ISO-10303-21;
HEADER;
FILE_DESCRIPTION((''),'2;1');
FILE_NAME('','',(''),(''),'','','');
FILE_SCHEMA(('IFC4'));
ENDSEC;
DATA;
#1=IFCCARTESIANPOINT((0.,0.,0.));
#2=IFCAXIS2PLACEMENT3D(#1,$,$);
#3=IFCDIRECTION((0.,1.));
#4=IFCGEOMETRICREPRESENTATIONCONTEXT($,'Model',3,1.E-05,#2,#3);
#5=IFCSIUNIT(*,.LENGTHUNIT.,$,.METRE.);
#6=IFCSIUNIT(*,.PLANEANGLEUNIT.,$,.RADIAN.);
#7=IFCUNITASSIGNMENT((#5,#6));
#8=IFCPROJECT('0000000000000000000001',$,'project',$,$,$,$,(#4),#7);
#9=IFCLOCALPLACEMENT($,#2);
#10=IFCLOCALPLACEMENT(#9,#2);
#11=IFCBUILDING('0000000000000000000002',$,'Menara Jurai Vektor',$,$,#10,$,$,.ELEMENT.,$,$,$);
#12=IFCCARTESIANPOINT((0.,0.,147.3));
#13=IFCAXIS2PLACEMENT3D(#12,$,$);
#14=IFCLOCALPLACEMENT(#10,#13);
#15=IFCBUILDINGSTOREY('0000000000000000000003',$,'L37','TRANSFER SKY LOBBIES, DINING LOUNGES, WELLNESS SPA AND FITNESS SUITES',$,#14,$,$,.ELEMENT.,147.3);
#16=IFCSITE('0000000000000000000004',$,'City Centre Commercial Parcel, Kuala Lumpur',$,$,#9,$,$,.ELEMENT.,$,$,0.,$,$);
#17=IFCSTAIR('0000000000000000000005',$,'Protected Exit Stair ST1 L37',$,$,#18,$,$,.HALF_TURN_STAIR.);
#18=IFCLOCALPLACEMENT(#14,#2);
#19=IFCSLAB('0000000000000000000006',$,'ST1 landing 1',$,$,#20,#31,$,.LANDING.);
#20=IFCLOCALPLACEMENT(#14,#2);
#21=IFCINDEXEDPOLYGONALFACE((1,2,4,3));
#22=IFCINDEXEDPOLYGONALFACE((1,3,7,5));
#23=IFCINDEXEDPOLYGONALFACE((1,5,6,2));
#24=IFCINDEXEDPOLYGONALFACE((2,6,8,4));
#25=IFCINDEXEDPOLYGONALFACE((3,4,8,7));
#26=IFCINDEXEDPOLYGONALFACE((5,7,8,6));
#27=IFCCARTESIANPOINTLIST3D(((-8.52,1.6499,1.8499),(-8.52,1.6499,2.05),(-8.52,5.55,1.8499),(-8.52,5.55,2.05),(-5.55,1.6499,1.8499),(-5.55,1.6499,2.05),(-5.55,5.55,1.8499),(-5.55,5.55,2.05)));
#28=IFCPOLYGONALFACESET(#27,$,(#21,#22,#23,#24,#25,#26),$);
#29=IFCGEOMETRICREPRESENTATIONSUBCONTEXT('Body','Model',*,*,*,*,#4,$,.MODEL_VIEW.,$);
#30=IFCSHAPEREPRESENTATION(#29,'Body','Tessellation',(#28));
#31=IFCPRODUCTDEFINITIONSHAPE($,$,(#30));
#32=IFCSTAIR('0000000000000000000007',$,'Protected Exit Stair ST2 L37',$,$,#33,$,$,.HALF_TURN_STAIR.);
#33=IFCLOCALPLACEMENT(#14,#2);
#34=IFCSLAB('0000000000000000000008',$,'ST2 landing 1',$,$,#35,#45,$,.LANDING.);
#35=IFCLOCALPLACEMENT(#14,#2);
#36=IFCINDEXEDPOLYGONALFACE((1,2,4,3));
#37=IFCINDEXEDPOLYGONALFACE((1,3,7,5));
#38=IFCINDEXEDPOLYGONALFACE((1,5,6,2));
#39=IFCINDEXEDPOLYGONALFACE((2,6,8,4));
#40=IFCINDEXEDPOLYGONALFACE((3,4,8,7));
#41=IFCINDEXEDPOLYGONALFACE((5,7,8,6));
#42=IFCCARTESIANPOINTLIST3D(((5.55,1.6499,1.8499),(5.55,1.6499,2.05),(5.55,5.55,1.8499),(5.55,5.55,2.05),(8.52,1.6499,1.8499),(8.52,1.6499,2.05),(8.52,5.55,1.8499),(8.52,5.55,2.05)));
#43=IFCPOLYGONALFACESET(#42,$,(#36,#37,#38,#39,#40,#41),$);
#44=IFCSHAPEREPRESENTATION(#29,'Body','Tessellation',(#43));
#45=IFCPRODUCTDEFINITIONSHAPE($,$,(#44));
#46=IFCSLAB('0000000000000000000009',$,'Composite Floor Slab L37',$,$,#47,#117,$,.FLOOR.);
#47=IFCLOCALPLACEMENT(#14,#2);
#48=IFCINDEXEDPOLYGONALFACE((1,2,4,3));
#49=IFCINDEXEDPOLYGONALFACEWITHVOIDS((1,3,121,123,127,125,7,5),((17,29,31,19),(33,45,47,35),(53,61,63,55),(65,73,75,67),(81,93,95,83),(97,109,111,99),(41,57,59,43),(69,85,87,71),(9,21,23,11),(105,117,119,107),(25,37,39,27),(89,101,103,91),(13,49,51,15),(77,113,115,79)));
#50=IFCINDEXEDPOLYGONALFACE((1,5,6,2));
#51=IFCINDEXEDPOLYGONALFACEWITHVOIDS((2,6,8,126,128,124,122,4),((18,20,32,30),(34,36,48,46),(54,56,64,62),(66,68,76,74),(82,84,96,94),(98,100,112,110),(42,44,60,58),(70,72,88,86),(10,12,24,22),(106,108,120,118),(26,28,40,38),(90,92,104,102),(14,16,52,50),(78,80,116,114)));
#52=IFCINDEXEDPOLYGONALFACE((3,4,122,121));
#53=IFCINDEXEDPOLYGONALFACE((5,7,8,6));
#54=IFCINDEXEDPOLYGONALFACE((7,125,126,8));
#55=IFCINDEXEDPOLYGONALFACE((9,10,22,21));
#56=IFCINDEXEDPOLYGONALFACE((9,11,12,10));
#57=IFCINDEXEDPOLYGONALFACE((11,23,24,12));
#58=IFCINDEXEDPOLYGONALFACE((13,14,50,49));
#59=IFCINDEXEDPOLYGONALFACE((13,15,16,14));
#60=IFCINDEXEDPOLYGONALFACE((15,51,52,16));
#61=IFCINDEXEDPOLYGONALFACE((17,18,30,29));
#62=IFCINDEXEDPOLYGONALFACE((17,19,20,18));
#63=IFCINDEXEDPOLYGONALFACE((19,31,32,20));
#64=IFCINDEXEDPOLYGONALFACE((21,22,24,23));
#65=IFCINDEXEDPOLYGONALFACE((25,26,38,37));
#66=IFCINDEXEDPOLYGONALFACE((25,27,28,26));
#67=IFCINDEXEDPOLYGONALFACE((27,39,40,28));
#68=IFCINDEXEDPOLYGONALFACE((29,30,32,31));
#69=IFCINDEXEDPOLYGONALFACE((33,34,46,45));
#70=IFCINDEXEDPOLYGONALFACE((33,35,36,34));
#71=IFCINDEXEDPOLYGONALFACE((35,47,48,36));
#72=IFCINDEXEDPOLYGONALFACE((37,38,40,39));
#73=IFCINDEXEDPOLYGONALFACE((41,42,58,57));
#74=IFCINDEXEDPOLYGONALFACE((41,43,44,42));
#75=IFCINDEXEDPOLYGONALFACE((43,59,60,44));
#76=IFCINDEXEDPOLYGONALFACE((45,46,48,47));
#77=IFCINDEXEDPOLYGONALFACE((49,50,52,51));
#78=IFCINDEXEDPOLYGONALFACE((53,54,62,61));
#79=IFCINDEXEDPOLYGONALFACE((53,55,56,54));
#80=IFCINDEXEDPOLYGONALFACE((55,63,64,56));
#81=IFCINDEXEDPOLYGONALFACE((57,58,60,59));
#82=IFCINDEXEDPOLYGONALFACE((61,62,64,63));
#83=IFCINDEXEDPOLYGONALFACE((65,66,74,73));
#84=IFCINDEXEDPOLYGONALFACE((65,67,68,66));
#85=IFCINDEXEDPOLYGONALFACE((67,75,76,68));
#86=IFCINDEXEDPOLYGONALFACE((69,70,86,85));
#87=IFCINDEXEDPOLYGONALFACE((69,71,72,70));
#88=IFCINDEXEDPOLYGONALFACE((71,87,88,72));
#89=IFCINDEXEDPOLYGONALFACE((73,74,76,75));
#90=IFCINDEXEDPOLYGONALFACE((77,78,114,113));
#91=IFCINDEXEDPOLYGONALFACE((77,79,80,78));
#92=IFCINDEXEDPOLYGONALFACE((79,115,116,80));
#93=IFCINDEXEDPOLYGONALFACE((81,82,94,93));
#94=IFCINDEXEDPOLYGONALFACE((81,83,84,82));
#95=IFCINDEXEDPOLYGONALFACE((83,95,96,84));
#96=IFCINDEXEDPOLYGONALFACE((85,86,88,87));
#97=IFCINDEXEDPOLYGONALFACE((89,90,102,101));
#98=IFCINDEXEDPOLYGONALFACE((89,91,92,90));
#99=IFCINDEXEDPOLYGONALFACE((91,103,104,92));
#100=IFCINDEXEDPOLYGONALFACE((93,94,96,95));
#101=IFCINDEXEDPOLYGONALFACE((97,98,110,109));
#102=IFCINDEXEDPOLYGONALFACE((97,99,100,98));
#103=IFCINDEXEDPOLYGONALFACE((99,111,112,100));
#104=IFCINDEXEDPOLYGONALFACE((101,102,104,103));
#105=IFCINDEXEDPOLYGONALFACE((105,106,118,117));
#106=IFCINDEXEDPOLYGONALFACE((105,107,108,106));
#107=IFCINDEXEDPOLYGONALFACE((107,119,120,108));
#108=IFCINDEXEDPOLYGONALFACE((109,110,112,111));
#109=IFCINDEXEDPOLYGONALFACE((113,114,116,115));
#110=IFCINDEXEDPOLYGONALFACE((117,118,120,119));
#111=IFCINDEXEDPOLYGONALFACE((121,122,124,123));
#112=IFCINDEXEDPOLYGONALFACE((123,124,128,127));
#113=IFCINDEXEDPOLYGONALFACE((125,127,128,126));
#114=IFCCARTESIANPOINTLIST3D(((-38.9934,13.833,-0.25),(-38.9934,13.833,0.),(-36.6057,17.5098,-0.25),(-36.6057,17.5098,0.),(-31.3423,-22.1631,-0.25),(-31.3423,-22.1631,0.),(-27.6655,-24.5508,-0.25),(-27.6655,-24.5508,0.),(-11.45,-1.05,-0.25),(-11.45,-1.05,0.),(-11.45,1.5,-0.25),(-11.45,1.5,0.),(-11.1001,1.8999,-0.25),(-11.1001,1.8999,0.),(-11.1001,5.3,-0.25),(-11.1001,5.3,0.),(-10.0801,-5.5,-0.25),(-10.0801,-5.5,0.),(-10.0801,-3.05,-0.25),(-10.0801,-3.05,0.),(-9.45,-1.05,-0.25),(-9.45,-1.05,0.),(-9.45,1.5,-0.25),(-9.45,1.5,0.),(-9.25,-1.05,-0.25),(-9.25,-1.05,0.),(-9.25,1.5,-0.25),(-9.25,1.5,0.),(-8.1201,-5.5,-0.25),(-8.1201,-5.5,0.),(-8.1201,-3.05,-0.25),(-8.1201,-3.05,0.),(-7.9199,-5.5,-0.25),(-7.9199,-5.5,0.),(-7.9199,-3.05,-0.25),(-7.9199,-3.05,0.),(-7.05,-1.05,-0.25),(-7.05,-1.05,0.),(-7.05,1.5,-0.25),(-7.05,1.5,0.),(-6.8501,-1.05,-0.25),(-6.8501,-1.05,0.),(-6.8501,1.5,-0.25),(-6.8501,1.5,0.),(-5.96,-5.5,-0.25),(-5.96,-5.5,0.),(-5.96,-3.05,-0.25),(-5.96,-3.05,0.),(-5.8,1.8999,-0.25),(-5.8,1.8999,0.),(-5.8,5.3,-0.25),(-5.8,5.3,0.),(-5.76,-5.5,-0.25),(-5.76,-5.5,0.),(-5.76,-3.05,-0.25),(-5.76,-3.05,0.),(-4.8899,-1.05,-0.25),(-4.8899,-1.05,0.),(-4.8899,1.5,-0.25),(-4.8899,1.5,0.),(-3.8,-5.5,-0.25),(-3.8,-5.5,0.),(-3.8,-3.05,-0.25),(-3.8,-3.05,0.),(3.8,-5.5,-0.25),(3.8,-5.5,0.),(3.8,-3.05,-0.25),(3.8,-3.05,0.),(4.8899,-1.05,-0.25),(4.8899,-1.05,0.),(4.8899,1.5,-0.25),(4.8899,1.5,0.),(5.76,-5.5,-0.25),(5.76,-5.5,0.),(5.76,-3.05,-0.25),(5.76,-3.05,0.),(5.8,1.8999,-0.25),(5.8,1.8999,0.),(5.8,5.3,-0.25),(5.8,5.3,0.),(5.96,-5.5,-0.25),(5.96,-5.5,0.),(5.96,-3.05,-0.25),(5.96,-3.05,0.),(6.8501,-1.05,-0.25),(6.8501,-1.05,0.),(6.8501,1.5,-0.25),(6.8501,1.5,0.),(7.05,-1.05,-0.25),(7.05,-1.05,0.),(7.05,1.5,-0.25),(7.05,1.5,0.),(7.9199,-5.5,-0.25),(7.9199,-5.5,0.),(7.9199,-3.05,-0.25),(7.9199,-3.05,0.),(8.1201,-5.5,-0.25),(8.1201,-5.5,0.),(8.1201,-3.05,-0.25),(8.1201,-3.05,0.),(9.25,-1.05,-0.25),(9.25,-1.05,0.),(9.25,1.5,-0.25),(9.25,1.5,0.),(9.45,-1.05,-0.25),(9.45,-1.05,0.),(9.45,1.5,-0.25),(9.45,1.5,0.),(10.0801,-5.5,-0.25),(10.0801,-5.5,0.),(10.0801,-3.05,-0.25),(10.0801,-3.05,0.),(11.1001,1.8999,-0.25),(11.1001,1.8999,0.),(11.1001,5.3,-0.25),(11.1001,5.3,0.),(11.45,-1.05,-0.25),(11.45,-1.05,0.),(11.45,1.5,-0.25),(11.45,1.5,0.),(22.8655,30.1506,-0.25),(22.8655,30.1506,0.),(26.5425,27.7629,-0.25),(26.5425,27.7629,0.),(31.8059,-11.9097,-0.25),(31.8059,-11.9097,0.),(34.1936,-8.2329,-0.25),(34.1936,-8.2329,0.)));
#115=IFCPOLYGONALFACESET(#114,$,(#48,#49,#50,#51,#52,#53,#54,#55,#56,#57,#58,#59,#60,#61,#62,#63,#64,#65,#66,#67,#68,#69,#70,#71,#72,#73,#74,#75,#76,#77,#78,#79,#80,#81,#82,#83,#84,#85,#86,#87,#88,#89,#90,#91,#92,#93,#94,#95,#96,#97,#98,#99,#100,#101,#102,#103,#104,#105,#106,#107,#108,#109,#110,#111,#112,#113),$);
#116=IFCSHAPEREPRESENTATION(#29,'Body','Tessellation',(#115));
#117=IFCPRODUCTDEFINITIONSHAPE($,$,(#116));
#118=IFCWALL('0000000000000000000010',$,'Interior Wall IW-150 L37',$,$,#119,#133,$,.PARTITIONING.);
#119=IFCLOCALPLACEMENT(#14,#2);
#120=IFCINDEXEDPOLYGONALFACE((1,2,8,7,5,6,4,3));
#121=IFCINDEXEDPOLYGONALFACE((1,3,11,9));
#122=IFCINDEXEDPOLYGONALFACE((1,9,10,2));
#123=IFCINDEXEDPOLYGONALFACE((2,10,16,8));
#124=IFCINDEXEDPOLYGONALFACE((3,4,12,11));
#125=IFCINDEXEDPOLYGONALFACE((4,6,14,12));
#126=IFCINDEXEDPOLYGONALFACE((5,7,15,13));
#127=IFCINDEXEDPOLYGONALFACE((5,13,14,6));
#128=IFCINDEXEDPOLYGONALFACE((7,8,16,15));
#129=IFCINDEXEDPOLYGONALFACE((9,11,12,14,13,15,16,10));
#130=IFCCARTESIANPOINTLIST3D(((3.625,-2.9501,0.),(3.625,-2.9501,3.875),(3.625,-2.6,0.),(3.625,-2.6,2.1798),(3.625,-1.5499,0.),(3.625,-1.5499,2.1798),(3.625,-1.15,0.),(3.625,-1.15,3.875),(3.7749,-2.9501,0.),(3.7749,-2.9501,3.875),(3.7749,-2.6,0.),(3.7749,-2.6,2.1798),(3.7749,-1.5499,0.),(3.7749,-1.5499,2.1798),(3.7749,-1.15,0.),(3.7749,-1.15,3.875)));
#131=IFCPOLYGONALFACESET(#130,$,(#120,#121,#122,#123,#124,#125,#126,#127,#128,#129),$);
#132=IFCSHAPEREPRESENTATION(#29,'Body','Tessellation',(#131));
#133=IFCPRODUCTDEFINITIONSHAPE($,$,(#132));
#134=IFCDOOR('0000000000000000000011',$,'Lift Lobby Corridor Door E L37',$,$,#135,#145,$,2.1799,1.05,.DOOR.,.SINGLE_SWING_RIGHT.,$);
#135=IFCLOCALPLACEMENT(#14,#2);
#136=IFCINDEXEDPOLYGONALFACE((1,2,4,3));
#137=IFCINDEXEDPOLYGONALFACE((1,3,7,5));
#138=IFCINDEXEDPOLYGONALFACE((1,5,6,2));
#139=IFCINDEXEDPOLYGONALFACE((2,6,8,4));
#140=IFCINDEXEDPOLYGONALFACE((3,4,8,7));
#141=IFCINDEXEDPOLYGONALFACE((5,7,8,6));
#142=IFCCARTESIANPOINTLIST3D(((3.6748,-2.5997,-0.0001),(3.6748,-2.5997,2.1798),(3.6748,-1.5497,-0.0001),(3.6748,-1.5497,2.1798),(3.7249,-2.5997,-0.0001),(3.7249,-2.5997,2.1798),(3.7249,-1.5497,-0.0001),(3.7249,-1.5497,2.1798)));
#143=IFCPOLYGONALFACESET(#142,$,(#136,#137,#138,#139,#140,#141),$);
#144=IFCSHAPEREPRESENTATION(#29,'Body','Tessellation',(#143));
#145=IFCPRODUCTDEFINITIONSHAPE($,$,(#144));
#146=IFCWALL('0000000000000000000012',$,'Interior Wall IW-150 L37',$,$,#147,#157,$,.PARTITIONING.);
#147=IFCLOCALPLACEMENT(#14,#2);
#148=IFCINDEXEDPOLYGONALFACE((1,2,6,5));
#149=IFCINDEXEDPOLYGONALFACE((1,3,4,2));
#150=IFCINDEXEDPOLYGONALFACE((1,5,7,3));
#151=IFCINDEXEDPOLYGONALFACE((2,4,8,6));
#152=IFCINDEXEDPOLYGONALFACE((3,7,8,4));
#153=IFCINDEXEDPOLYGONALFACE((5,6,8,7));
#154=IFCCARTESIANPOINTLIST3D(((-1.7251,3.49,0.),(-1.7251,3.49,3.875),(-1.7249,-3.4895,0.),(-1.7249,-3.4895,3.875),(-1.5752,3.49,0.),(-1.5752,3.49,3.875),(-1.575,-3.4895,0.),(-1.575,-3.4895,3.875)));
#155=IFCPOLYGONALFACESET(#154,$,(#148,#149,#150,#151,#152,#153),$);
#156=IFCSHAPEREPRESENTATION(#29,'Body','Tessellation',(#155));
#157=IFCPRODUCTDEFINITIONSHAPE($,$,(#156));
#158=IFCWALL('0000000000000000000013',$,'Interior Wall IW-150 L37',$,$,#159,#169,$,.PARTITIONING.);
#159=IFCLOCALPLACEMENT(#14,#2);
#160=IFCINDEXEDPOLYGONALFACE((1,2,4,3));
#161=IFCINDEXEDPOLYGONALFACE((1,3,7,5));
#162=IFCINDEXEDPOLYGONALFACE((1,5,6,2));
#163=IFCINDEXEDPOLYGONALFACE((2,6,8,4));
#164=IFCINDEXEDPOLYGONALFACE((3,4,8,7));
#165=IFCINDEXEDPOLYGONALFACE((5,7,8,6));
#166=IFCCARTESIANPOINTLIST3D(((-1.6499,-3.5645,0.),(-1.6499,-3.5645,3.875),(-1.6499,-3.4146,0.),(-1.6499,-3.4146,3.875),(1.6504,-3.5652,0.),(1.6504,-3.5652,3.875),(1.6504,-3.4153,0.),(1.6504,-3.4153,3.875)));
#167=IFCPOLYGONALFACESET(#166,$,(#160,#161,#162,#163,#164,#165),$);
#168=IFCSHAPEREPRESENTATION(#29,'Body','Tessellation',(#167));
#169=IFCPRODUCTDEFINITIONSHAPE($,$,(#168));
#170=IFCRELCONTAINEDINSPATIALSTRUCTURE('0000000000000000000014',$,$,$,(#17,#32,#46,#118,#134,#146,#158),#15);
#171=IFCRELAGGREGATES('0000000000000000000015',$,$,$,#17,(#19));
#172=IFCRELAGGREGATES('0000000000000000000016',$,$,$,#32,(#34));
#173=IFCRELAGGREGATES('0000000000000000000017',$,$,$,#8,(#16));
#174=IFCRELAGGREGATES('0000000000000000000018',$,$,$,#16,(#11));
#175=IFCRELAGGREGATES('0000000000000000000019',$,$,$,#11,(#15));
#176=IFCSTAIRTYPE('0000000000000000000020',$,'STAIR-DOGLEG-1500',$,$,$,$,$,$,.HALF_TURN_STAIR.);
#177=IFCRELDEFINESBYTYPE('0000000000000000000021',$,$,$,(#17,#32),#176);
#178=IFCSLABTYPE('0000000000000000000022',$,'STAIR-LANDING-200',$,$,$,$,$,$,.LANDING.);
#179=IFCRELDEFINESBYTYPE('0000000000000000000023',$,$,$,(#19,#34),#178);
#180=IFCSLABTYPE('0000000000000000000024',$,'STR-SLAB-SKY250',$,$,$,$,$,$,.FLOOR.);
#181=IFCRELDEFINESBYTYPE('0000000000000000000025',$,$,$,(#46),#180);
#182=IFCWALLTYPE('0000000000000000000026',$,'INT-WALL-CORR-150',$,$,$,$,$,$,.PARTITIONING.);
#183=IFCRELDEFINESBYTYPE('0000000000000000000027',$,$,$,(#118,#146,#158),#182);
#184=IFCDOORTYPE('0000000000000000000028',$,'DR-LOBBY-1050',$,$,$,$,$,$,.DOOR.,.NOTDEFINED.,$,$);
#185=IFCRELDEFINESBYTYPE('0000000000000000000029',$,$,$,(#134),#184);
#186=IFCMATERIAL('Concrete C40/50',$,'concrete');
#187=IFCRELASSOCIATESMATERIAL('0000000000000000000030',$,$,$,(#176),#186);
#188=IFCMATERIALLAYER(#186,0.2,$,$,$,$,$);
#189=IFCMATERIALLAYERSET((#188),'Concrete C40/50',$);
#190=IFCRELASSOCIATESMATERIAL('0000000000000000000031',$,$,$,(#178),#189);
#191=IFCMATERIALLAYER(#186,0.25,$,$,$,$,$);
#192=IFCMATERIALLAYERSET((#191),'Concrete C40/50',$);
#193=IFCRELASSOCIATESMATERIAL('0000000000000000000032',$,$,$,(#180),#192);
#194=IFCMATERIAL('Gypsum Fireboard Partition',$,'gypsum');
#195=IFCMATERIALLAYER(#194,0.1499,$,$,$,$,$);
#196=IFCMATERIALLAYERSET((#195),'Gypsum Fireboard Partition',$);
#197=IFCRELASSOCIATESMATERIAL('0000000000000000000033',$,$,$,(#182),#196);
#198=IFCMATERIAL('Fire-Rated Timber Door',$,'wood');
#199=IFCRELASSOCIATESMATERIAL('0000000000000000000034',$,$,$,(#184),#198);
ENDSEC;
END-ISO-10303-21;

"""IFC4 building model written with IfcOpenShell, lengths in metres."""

from ifc_helpers import new_model, si_unit, direction, frame, frame_2d, origin, place, context, subcontext, project, spatial, polyline, rectangle, outline, extrude, material, layer, layer_set, type_object, element, fill, aggregate, save


model = new_model("IFC4")

# Units and contexts
model_context = context("Model", 3, precision=1e-05, world=origin(), true_north=direction((0.0, 1.0)))
body_context = subcontext(model_context, "Body", "Model", "MODEL_VIEW")
ifc_project = project(units=[si_unit("LENGTHUNIT", "METRE"), si_unit("PLANEANGLEUNIT", "RADIAN")], contexts=[model_context])

# Site, building, storey
site_placement = place(None, origin())
site = spatial("IfcSite", under=ifc_project, at=site_placement, Name="City Centre Commercial Parcel, Kuala Lumpur", CompositionType="ELEMENT", RefElevation=0.0)
building_placement = place(site_placement, origin())
building = spatial("IfcBuilding", under=site, at=building_placement, Name="Menara Jurai Vektor", CompositionType="ELEMENT")
storey_placement = place(building_placement, frame((0.0, 0.0, 147.3)))
storey = spatial("IfcBuildingStorey", under=building, at=storey_placement, Name="L37", Description="TRANSFER SKY LOBBIES, DINING LOUNGES, WELLNESS SPA AND FITNESS SUITES", CompositionType="ELEMENT", Elevation=147.3)

# Stairs, slabs
ifc_material_1 = material(Name="Concrete C40/50", Category="concrete")
stair_type = type_object("IfcStairType", Name="STAIR-DOGLEG-1500", PredefinedType="HALF_TURN_STAIR", material=ifc_material_1)
stair_1_placement = place(storey_placement, origin())
stair_1 = element("IfcStair", 1, at=stair_1_placement, inside=storey, type_object=stair_type, Name="Protected Exit Stair ST1 L37", PredefinedType="HALF_TURN_STAIR")
ifc_layer_1 = layer(ifc_material_1, 0.2)
ifc_layer_set_1 = layer_set([ifc_layer_1], Name="Concrete C40/50")
slab_type_1 = type_object("IfcSlabType", Name="STAIR-LANDING-200", PredefinedType="LANDING", material=ifc_layer_set_1)
slab_1_placement = place(storey_placement, frame((0.0, 0.0, 1.8499)))
slab_1 = element("IfcSlab", 2, at=slab_1_placement, type_object=slab_type_1, Name="ST1 landing 1", PredefinedType="LANDING", context=body_context, shape_type="SweptSolid", body=[
    extrude(outline(polyline([(-8.52, 1.6499), (-5.55, 1.6499), (-5.55, 5.55), (-8.52, 5.55), (-8.52, 1.6499)])), origin(), (0.0, 0.0, 1.0), 0.2002),
])
aggregate(stair_1, [slab_1])
stair_2_placement = place(storey_placement, origin())
stair_2 = element("IfcStair", 3, at=stair_2_placement, inside=storey, type_object=stair_type, Name="Protected Exit Stair ST2 L37", PredefinedType="HALF_TURN_STAIR")
slab_2_placement = place(storey_placement, frame((0.0, 0.0, 1.8499)))
slab_2 = element("IfcSlab", 4, at=slab_2_placement, type_object=slab_type_1, Name="ST2 landing 1", PredefinedType="LANDING", context=body_context, shape_type="SweptSolid", body=[
    extrude(outline(polyline([(5.55, 1.6499), (8.52, 1.6499), (8.52, 5.55), (5.55, 5.55), (5.55, 1.6499)])), origin(), (0.0, 0.0, 1.0), 0.2002),
])
aggregate(stair_2, [slab_2])

# Slab
ifc_layer_2 = layer(ifc_material_1, 0.25)
ifc_layer_set_2 = layer_set([ifc_layer_2], Name="Concrete C40/50")
slab_type_2 = type_object("IfcSlabType", Name="STR-SLAB-SKY250", PredefinedType="FLOOR", material=ifc_layer_set_2)
slab_3_placement = place(storey_placement, frame((0.0, 0.0, -0.25)))
element("IfcSlab", 5, at=slab_3_placement, inside=storey, type_object=slab_type_2, Name="Composite Floor Slab L37", PredefinedType="FLOOR", context=body_context, shape_type="SweptSolid", body=[
    extrude(outline(polyline([(-27.6655, -24.5508), (31.8059, -11.9097), (34.1936, -8.2329), (26.5425, 27.7629), (22.8655, 30.1506), (-36.6057, 17.5098), (-38.9934, 13.833), (-31.3423, -22.1631), (-27.6655, -24.5508)]), holes=[polyline([(-11.1001, 1.8999), (-11.1001, 5.3), (-5.8, 5.3), (-5.8, 1.8999), (-11.1001, 1.8999)]), polyline([(5.8, 1.8999), (5.8, 5.3), (11.1001, 5.3), (11.1001, 1.8999), (5.8, 1.8999)]), polyline([(-11.45, -1.05), (-11.45, 1.5), (-9.45, 1.5), (-9.45, -1.05), (-11.45, -1.05)]), polyline([(9.45, -1.05), (9.45, 1.5), (11.45, 1.5), (11.45, -1.05), (9.45, -1.05)]), polyline([(-5.76, -5.5), (-5.76, -3.05), (-3.8, -3.05), (-3.8, -5.5), (-5.76, -5.5)]), polyline([(-6.8501, -1.05), (-6.8501, 1.5), (-4.8899, 1.5), (-4.8899, -1.05), (-6.8501, -1.05)]), polyline([(3.8, -5.5), (3.8, -3.05), (5.76, -3.05), (5.76, -5.5), (3.8, -5.5)]), polyline([(4.8899, -1.05), (4.8899, 1.5), (6.8501, 1.5), (6.8501, -1.05), (4.8899, -1.05)]), polyline([(-10.0801, -5.5), (-10.0801, -3.05), (-8.1201, -3.05), (-8.1201, -5.5), (-10.0801, -5.5)]), polyline([(-7.9199, -5.5), (-7.9199, -3.05), (-5.96, -3.05), (-5.96, -5.5), (-7.9199, -5.5)]), polyline([(5.96, -5.5), (5.96, -3.05), (7.9199, -3.05), (7.9199, -5.5), (5.96, -5.5)]), polyline([(8.1201, -5.5), (8.1201, -3.05), (10.0801, -3.05), (10.0801, -5.5), (8.1201, -5.5)]), polyline([(-9.25, -1.05), (-9.25, 1.5), (-7.05, 1.5), (-7.05, -1.05), (-9.25, -1.05)]), polyline([(7.05, -1.05), (7.05, 1.5), (9.25, 1.5), (9.25, -1.05), (7.05, -1.05)])]), origin(), (0.0, 0.0, 1.0), 0.25),
])

# Wall, opening, door
ifc_material_2 = material(Name="Gypsum Fireboard Partition", Category="gypsum")
ifc_layer_3 = layer(ifc_material_2, 0.1499)
ifc_layer_set_3 = layer_set([ifc_layer_3], Name="Gypsum Fireboard Partition")
wall_type = type_object("IfcWallType", Name="INT-WALL-CORR-150", PredefinedType="PARTITIONING", material=ifc_layer_set_3)
wall_1_placement = place(storey_placement, frame((3.7, -2.95, 0.0), z_axis=(0.0, 0.0, 1.0), x_axis=(0.0, 1.0, 0.0)))
wall_1 = element("IfcWall", 6, at=wall_1_placement, inside=storey, type_object=wall_type, Name="Interior Wall IW-150 L37", PredefinedType="PARTITIONING", context=body_context, shape_type="SweptSolid", body=[
    extrude(rectangle(XDim=1.8, YDim=0.1499, at=frame_2d((0.8999, 0.0))), origin(), (0.0, 0.0, 1.0), 3.875),
])
opening_1_placement = place(wall_1_placement, frame((0.3501, 0.0, 0.0)))
opening_1 = element("IfcOpeningElement", 7, at=opening_1_placement, cuts=wall_1, PredefinedType="OPENING", context=body_context, shape_type="SweptSolid", body=[
    extrude(rectangle(XDim=1.05, YDim=2.1799, at=frame_2d((0.5249, 1.0898))), frame((0.0, 0.085, 0.0), z_axis=(0.0, -1.0, 0.0), x_axis=(1.0, 0.0, 0.0)), (0.0, 0.0, 1.0), 0.1699),
])
ifc_material_3 = material(Name="Fire-Rated Timber Door", Category="wood")
door_type_1 = type_object("IfcDoorType", Name="DR-LOBBY-1050", OperationType="NOTDEFINED", PredefinedType="DOOR", material=ifc_material_3)
door_1_placement = place(opening_1_placement, frame((1.05, 0.0, 0.0), z_axis=(0.0, 0.0, 1.0), x_axis=(-1.0, 0.0, 0.0)))
door_1 = element("IfcDoor", 8, at=door_1_placement, inside=storey, type_object=door_type_1, Name="Lift Lobby Corridor Door E L37", OperationType="SINGLE_SWING_RIGHT", OverallHeight=2.1799, OverallWidth=1.05, PredefinedType="DOOR", context=body_context, shape_type="SweptSolid", body=[
    extrude(rectangle(XDim=1.05, YDim=2.1799, at=frame_2d((0.5249, 1.0898))), frame((0.0, 0.0249, 0.0), z_axis=(0.0, -1.0, 0.0), x_axis=(1.0, 0.0, 0.0)), (0.0, 0.0, 1.0), 0.05),
])
fill(opening_1, door_1)

# Walls
wall_2_placement = place(storey_placement, frame((-1.6499, -3.4895, 0.0), z_axis=(0.0, 0.0, 1.0), x_axis=(-0.000035, 1.0, 0.0)))
element("IfcWall", 9, at=wall_2_placement, inside=storey, type_object=wall_type, Name="Interior Wall IW-150 L37", PredefinedType="PARTITIONING", context=body_context, shape_type="SweptSolid", body=[
    extrude(rectangle(XDim=6.9795, YDim=0.1499, at=frame_2d((3.4897, 0.0))), origin(), (0.0, 0.0, 1.0), 3.875),
])
wall_3_placement = place(storey_placement, frame((-1.6499, -3.4895, 0.0), z_axis=(0.0, 0.0, 1.0), x_axis=(1.0, -0.000222, 0.0)))
element("IfcWall", 10, at=wall_3_placement, inside=storey, type_object=wall_type, Name="Interior Wall IW-150 L37", PredefinedType="PARTITIONING", context=body_context, shape_type="SweptSolid", body=[
    extrude(rectangle(XDim=3.3003, YDim=0.1499, at=frame_2d((1.6501, 0.0))), origin(), (0.0, 0.0, 1.0), 3.875),
])

save(model, "model.ifc")
